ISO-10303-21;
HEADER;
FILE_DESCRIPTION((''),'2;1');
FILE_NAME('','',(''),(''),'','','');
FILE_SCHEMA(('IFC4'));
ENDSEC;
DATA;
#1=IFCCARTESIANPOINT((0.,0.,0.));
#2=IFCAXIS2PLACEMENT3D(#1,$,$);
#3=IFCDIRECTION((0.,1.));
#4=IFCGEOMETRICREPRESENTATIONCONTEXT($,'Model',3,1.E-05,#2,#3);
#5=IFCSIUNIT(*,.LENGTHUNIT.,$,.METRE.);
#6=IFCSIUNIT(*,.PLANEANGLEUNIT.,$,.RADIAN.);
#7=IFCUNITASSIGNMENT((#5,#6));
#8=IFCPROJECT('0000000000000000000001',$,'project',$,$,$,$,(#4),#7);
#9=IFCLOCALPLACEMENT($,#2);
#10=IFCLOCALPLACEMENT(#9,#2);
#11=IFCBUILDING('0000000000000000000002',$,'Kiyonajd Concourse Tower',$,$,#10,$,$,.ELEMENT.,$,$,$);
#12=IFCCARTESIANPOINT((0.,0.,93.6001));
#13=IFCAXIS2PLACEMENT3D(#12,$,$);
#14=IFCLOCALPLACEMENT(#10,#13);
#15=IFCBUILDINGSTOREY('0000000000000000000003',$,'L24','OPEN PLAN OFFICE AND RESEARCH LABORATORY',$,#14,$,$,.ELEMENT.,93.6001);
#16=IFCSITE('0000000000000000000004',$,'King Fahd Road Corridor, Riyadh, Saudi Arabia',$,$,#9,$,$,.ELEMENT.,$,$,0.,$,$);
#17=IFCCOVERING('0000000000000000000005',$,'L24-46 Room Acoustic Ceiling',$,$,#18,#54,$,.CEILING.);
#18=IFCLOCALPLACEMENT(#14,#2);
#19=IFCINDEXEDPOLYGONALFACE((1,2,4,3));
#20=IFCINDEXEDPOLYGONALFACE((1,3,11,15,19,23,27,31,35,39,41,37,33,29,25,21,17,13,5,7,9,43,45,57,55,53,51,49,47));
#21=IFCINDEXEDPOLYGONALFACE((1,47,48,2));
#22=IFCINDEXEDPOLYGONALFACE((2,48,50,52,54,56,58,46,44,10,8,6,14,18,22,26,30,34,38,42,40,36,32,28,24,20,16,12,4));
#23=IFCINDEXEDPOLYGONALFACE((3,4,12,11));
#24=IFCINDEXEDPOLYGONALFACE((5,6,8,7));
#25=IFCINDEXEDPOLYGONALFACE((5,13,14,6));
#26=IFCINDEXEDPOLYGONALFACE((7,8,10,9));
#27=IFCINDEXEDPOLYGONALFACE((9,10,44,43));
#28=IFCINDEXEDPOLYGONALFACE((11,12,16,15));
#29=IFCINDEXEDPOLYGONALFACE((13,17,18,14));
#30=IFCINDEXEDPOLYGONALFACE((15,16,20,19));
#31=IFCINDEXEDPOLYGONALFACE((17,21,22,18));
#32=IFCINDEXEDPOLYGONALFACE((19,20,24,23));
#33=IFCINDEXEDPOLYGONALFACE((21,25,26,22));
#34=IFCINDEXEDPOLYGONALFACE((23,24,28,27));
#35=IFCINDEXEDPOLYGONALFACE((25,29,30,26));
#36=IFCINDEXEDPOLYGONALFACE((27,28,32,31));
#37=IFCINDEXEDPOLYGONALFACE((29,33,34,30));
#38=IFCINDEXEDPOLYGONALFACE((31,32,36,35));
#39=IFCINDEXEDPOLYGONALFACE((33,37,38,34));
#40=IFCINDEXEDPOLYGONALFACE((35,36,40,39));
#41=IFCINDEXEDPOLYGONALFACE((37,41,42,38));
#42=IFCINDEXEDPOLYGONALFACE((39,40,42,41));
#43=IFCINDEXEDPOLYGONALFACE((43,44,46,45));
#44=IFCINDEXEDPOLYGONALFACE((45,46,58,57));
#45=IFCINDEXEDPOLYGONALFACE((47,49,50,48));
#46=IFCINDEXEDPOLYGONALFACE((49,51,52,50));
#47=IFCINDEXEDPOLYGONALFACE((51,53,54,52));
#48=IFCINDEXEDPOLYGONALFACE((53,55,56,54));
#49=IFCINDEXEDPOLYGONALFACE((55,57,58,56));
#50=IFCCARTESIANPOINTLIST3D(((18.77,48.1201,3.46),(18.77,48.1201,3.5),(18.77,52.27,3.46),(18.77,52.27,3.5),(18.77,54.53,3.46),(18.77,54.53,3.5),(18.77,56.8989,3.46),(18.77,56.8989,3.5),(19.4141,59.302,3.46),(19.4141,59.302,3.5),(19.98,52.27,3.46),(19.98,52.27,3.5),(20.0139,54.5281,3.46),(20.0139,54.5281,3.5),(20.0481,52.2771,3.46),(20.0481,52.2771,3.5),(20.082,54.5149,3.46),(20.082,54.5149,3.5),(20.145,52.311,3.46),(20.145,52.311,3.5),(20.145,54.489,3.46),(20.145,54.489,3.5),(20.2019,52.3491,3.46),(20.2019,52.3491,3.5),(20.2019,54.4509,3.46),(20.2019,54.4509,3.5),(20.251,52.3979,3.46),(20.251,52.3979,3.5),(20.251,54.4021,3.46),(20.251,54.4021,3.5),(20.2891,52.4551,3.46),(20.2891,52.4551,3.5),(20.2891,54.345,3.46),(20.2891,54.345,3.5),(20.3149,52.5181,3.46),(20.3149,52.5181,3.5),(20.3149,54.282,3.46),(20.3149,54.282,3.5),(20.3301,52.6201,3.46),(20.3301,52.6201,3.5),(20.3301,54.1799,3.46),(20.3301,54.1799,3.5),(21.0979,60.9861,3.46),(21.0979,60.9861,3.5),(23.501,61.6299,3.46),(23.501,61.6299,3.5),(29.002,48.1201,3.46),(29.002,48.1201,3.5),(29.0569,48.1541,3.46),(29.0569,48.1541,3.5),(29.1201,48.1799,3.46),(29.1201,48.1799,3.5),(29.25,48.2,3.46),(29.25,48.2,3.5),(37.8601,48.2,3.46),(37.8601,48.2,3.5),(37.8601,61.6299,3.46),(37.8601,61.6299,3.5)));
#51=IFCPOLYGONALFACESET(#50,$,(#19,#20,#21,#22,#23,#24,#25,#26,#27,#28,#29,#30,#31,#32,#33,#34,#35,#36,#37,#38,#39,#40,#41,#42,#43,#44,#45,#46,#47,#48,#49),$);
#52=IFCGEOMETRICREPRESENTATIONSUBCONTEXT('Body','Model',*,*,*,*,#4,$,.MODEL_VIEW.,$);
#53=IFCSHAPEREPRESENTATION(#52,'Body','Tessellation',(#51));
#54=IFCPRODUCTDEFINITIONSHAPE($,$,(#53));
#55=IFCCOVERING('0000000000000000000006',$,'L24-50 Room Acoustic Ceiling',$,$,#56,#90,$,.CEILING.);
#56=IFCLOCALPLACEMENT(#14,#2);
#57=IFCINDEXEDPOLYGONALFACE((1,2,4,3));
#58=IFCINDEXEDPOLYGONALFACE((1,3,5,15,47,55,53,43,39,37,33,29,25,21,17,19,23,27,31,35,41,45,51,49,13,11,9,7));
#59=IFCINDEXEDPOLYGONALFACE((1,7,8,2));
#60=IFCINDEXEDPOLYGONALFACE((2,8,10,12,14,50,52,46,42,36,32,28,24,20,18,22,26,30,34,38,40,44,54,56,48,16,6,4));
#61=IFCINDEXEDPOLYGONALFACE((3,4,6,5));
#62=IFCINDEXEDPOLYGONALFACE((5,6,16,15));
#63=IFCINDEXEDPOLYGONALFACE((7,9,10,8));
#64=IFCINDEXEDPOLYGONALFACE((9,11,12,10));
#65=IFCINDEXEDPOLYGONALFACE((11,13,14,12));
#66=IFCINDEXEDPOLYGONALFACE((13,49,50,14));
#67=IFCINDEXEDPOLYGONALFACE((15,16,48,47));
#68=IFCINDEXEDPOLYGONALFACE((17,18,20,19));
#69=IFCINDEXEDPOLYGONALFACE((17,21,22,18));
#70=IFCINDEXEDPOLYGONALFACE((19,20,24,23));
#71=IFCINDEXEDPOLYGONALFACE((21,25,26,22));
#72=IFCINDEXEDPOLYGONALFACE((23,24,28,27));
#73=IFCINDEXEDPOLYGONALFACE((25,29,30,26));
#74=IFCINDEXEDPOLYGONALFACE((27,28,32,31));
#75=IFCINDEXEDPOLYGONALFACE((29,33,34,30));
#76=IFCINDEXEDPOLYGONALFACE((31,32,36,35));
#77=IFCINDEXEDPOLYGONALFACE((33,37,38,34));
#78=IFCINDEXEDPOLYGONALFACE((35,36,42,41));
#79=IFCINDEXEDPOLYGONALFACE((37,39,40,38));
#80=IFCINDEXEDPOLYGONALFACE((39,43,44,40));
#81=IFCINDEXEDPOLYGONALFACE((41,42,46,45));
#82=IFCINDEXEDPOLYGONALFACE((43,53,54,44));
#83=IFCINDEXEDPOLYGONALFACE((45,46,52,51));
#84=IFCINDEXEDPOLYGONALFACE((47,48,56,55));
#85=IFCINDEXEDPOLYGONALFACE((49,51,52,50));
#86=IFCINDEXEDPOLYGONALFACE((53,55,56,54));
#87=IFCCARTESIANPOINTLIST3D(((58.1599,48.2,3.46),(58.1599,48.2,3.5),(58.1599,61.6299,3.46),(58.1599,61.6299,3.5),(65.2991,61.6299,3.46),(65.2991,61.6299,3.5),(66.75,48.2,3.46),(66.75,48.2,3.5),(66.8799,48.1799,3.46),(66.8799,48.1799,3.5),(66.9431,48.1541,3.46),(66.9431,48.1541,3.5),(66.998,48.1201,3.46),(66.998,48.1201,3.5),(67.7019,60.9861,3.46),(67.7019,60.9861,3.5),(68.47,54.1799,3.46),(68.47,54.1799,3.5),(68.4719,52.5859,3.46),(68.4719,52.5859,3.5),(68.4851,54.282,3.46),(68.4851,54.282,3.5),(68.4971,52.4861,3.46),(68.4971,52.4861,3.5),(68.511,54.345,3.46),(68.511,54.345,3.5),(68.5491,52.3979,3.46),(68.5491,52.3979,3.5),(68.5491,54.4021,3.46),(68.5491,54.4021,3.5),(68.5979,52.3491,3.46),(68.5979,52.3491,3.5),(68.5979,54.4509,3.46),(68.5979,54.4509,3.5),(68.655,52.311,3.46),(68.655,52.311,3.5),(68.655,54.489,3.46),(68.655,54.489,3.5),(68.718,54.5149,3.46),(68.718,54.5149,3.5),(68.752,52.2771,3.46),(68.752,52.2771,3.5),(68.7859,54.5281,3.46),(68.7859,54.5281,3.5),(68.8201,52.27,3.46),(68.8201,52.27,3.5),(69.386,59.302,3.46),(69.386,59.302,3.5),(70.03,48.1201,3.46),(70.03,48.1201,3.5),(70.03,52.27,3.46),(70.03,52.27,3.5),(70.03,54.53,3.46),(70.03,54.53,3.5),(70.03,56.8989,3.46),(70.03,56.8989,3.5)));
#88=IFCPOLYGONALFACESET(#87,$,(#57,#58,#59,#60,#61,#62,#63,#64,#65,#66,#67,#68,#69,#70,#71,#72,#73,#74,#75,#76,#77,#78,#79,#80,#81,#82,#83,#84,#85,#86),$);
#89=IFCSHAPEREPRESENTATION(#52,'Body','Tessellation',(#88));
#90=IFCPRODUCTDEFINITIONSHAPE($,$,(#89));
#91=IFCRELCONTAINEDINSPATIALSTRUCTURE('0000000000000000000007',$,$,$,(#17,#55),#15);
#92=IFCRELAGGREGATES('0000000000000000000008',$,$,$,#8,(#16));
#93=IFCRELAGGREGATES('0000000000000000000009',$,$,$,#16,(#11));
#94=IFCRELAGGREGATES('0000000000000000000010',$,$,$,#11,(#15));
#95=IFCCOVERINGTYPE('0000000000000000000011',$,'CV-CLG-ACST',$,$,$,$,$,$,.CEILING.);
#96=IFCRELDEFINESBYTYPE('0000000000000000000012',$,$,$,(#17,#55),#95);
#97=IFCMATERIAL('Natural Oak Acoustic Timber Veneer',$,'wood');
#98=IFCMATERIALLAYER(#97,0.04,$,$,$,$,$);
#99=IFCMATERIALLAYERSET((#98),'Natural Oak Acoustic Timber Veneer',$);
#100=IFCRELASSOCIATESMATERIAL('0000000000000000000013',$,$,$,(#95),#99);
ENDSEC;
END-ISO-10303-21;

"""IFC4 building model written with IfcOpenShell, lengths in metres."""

from ifc_helpers import new_model, si_unit, direction, frame, origin, place, context, subcontext, project, spatial, polyline, outline, extrude, material, layer, layer_set, type_object, element, save


model = new_model("IFC4")

# Units and contexts
model_context = context("Model", 3, precision=1e-05, world=origin(), true_north=direction((0.0, 1.0)))
body_context = subcontext(model_context, "Body", "Model", "MODEL_VIEW")
ifc_project = project(units=[si_unit("LENGTHUNIT", "METRE"), si_unit("PLANEANGLEUNIT", "RADIAN")], contexts=[model_context])

# Site, building, storey
site_placement = place(None, origin())
site = spatial("IfcSite", under=ifc_project, at=site_placement, Name="King Fahd Road Corridor, Riyadh, Saudi Arabia", CompositionType="ELEMENT", RefElevation=0.0)
building_placement = place(site_placement, origin())
building = spatial("IfcBuilding", under=site, at=building_placement, Name="Kiyonajd Concourse Tower", CompositionType="ELEMENT")
storey_placement = place(building_placement, frame((0.0, 0.0, 93.6001)))
storey = spatial("IfcBuildingStorey", under=building, at=storey_placement, Name="L24", Description="OPEN PLAN OFFICE AND RESEARCH LABORATORY", CompositionType="ELEMENT", Elevation=93.6001)

# Shared definitions
ifc_material_1 = material(Name="Natural Oak Acoustic Timber Veneer", Category="wood")

# Coverings
ifc_layer_1 = layer(ifc_material_1, 0.04)
ifc_layer_set_1 = layer_set([ifc_layer_1], Name="Natural Oak Acoustic Timber Veneer")
covering_type = type_object("IfcCoveringType", Name="CV-CLG-ACST", PredefinedType="CEILING", material=ifc_layer_set_1)
covering_1_placement = place(storey_placement, frame((0.0, 0.0, 3.46)))
element("IfcCovering", 1, at=covering_1_placement, inside=storey, type_object=covering_type, Name="L24-46 Room Acoustic Ceiling", PredefinedType="CEILING", context=body_context, shape_type="SweptSolid", body=[
    extrude(outline(polyline([(21.0979, 60.9861), (23.501, 61.6299), (37.8601, 61.6299), (37.8601, 48.2), (29.25, 48.2), (29.1201, 48.1799), (29.0569, 48.1541), (29.002, 48.1201), (18.77, 48.1201), (18.77, 52.27), (19.98, 52.27), (20.0481, 52.2771), (20.145, 52.311), (20.2019, 52.3491), (20.251, 52.3979), (20.2891, 52.4551), (20.3149, 52.5181), (20.3301, 52.6201), (20.3301, 54.1799), (20.3149, 54.282), (20.2891, 54.345), (20.251, 54.4021), (20.2019, 54.4509), (20.145, 54.489), (20.082, 54.5149), (20.0139, 54.5281), (18.77, 54.53), (18.77, 56.8989), (19.4141, 59.302), (21.0979, 60.9861)])), origin(), (0.0, 0.0, 1.0), 0.04),
])
covering_2_placement = place(storey_placement, frame((0.0, 0.0, 3.46)))
element("IfcCovering", 2, at=covering_2_placement, inside=storey, type_object=covering_type, Name="L24-50 Room Acoustic Ceiling", PredefinedType="CEILING", context=body_context, shape_type="SweptSolid", body=[
    extrude(outline(polyline([(66.998, 48.1201), (66.9431, 48.1541), (66.8799, 48.1799), (66.75, 48.2), (58.1599, 48.2), (58.1599, 61.6299), (65.2991, 61.6299), (67.7019, 60.9861), (69.386, 59.302), (70.03, 56.8989), (70.03, 54.53), (68.7859, 54.5281), (68.718, 54.5149), (68.655, 54.489), (68.5979, 54.4509), (68.5491, 54.4021), (68.511, 54.345), (68.4851, 54.282), (68.47, 54.1799), (68.4719, 52.5859), (68.4971, 52.4861), (68.5491, 52.3979), (68.5979, 52.3491), (68.655, 52.311), (68.752, 52.2771), (68.8201, 52.27), (70.03, 52.27), (70.03, 48.1201), (66.998, 48.1201)])), origin(), (0.0, 0.0, 1.0), 0.04),
])

save(model, "model.ifc")
